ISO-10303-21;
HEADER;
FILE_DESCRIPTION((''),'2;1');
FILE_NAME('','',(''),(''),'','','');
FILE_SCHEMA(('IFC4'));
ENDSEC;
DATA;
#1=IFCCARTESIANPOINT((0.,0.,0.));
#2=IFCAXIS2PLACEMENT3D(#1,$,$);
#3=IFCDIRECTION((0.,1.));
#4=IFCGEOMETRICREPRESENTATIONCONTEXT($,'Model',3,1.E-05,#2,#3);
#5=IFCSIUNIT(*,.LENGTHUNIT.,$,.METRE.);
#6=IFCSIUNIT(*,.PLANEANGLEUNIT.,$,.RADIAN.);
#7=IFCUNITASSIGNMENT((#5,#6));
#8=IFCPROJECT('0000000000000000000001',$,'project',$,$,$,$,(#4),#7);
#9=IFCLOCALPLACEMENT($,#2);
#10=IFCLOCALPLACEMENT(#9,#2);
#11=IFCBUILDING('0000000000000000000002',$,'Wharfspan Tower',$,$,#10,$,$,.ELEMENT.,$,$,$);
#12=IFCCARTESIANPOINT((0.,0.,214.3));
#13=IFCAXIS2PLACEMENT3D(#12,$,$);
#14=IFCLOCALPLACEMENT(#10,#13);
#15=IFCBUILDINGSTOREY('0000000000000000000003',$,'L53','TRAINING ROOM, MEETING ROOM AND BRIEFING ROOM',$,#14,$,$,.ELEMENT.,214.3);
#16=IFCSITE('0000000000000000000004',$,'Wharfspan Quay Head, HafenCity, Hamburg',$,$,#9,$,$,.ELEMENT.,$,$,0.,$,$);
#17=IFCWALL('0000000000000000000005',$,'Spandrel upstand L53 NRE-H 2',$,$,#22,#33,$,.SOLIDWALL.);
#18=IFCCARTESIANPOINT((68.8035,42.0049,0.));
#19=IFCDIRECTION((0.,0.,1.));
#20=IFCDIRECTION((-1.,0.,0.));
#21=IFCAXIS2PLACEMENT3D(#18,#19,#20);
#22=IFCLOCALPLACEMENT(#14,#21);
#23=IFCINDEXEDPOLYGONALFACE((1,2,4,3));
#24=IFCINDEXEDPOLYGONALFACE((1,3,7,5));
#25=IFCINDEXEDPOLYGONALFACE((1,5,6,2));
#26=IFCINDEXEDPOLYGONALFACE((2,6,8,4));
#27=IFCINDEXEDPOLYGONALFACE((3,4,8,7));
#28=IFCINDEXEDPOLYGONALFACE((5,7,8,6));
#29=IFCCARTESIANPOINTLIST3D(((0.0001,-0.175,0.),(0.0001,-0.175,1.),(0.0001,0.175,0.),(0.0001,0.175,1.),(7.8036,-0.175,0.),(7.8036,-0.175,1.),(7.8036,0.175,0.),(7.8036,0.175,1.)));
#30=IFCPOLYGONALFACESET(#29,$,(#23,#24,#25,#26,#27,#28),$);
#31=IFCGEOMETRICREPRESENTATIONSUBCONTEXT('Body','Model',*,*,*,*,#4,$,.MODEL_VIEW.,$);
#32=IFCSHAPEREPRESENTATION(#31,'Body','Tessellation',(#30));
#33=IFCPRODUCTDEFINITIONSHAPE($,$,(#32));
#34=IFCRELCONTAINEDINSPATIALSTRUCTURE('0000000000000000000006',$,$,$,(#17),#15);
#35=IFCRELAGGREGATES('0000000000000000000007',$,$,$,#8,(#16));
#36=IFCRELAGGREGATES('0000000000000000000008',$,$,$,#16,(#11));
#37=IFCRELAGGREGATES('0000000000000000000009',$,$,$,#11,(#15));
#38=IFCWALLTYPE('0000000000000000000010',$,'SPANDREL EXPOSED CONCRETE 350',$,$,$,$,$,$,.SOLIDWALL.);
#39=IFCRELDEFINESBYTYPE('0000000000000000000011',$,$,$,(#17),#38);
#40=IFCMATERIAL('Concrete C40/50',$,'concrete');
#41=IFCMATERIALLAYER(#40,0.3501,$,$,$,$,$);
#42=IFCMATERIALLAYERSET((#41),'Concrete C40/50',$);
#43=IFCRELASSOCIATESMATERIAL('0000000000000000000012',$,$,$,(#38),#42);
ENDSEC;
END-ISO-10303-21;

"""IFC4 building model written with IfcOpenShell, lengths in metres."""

from ifc_helpers import new_model, si_unit, direction, frame, frame_2d, origin, place, context, subcontext, project, spatial, rectangle, extrude, material, layer, layer_set, type_object, element, save


model = new_model("IFC4")

# Units and contexts
model_context = context("Model", 3, precision=1e-05, world=origin(), true_north=direction((0.0, 1.0)))
body_context = subcontext(model_context, "Body", "Model", "MODEL_VIEW")
ifc_project = project(units=[si_unit("LENGTHUNIT", "METRE"), si_unit("PLANEANGLEUNIT", "RADIAN")], contexts=[model_context])

# Site, building, storey
site_placement = place(None, origin())
site = spatial("IfcSite", under=ifc_project, at=site_placement, Name="Wharfspan Quay Head, HafenCity, Hamburg", CompositionType="ELEMENT", RefElevation=0.0)
building_placement = place(site_placement, origin())
building = spatial("IfcBuilding", under=site, at=building_placement, Name="Wharfspan Tower", CompositionType="ELEMENT")
storey_placement = place(building_placement, frame((0.0, 0.0, 214.3)))
storey = spatial("IfcBuildingStorey", under=building, at=storey_placement, Name="L53", Description="TRAINING ROOM, MEETING ROOM AND BRIEFING ROOM", CompositionType="ELEMENT", Elevation=214.3)

# Wall
ifc_material_1 = material(Name="Concrete C40/50", Category="concrete")
ifc_layer_1 = layer(ifc_material_1, 0.3501)
ifc_layer_set_1 = layer_set([ifc_layer_1], Name="Concrete C40/50")
wall_type_1 = type_object("IfcWallType", Name="SPANDREL EXPOSED CONCRETE 350", PredefinedType="SOLIDWALL", material=ifc_layer_set_1)
wall_1_placement = place(storey_placement, frame((68.8035, 42.0049, 0.0), z_axis=(0.0, 0.0, 1.0), x_axis=(-1.0, 0.0, 0.0)))
element("IfcWall", 1, at=wall_1_placement, inside=storey, type_object=wall_type_1, Name="Spandrel upstand L53 NRE-H 2", PredefinedType="SOLIDWALL", context=body_context, shape_type="SweptSolid", body=[
    extrude(rectangle(XDim=7.8035, YDim=0.3501, at=frame_2d((3.9019, 0.0))), origin(), (0.0, 0.0, 1.0), 1.0),
])

save(model, "model.ifc")
